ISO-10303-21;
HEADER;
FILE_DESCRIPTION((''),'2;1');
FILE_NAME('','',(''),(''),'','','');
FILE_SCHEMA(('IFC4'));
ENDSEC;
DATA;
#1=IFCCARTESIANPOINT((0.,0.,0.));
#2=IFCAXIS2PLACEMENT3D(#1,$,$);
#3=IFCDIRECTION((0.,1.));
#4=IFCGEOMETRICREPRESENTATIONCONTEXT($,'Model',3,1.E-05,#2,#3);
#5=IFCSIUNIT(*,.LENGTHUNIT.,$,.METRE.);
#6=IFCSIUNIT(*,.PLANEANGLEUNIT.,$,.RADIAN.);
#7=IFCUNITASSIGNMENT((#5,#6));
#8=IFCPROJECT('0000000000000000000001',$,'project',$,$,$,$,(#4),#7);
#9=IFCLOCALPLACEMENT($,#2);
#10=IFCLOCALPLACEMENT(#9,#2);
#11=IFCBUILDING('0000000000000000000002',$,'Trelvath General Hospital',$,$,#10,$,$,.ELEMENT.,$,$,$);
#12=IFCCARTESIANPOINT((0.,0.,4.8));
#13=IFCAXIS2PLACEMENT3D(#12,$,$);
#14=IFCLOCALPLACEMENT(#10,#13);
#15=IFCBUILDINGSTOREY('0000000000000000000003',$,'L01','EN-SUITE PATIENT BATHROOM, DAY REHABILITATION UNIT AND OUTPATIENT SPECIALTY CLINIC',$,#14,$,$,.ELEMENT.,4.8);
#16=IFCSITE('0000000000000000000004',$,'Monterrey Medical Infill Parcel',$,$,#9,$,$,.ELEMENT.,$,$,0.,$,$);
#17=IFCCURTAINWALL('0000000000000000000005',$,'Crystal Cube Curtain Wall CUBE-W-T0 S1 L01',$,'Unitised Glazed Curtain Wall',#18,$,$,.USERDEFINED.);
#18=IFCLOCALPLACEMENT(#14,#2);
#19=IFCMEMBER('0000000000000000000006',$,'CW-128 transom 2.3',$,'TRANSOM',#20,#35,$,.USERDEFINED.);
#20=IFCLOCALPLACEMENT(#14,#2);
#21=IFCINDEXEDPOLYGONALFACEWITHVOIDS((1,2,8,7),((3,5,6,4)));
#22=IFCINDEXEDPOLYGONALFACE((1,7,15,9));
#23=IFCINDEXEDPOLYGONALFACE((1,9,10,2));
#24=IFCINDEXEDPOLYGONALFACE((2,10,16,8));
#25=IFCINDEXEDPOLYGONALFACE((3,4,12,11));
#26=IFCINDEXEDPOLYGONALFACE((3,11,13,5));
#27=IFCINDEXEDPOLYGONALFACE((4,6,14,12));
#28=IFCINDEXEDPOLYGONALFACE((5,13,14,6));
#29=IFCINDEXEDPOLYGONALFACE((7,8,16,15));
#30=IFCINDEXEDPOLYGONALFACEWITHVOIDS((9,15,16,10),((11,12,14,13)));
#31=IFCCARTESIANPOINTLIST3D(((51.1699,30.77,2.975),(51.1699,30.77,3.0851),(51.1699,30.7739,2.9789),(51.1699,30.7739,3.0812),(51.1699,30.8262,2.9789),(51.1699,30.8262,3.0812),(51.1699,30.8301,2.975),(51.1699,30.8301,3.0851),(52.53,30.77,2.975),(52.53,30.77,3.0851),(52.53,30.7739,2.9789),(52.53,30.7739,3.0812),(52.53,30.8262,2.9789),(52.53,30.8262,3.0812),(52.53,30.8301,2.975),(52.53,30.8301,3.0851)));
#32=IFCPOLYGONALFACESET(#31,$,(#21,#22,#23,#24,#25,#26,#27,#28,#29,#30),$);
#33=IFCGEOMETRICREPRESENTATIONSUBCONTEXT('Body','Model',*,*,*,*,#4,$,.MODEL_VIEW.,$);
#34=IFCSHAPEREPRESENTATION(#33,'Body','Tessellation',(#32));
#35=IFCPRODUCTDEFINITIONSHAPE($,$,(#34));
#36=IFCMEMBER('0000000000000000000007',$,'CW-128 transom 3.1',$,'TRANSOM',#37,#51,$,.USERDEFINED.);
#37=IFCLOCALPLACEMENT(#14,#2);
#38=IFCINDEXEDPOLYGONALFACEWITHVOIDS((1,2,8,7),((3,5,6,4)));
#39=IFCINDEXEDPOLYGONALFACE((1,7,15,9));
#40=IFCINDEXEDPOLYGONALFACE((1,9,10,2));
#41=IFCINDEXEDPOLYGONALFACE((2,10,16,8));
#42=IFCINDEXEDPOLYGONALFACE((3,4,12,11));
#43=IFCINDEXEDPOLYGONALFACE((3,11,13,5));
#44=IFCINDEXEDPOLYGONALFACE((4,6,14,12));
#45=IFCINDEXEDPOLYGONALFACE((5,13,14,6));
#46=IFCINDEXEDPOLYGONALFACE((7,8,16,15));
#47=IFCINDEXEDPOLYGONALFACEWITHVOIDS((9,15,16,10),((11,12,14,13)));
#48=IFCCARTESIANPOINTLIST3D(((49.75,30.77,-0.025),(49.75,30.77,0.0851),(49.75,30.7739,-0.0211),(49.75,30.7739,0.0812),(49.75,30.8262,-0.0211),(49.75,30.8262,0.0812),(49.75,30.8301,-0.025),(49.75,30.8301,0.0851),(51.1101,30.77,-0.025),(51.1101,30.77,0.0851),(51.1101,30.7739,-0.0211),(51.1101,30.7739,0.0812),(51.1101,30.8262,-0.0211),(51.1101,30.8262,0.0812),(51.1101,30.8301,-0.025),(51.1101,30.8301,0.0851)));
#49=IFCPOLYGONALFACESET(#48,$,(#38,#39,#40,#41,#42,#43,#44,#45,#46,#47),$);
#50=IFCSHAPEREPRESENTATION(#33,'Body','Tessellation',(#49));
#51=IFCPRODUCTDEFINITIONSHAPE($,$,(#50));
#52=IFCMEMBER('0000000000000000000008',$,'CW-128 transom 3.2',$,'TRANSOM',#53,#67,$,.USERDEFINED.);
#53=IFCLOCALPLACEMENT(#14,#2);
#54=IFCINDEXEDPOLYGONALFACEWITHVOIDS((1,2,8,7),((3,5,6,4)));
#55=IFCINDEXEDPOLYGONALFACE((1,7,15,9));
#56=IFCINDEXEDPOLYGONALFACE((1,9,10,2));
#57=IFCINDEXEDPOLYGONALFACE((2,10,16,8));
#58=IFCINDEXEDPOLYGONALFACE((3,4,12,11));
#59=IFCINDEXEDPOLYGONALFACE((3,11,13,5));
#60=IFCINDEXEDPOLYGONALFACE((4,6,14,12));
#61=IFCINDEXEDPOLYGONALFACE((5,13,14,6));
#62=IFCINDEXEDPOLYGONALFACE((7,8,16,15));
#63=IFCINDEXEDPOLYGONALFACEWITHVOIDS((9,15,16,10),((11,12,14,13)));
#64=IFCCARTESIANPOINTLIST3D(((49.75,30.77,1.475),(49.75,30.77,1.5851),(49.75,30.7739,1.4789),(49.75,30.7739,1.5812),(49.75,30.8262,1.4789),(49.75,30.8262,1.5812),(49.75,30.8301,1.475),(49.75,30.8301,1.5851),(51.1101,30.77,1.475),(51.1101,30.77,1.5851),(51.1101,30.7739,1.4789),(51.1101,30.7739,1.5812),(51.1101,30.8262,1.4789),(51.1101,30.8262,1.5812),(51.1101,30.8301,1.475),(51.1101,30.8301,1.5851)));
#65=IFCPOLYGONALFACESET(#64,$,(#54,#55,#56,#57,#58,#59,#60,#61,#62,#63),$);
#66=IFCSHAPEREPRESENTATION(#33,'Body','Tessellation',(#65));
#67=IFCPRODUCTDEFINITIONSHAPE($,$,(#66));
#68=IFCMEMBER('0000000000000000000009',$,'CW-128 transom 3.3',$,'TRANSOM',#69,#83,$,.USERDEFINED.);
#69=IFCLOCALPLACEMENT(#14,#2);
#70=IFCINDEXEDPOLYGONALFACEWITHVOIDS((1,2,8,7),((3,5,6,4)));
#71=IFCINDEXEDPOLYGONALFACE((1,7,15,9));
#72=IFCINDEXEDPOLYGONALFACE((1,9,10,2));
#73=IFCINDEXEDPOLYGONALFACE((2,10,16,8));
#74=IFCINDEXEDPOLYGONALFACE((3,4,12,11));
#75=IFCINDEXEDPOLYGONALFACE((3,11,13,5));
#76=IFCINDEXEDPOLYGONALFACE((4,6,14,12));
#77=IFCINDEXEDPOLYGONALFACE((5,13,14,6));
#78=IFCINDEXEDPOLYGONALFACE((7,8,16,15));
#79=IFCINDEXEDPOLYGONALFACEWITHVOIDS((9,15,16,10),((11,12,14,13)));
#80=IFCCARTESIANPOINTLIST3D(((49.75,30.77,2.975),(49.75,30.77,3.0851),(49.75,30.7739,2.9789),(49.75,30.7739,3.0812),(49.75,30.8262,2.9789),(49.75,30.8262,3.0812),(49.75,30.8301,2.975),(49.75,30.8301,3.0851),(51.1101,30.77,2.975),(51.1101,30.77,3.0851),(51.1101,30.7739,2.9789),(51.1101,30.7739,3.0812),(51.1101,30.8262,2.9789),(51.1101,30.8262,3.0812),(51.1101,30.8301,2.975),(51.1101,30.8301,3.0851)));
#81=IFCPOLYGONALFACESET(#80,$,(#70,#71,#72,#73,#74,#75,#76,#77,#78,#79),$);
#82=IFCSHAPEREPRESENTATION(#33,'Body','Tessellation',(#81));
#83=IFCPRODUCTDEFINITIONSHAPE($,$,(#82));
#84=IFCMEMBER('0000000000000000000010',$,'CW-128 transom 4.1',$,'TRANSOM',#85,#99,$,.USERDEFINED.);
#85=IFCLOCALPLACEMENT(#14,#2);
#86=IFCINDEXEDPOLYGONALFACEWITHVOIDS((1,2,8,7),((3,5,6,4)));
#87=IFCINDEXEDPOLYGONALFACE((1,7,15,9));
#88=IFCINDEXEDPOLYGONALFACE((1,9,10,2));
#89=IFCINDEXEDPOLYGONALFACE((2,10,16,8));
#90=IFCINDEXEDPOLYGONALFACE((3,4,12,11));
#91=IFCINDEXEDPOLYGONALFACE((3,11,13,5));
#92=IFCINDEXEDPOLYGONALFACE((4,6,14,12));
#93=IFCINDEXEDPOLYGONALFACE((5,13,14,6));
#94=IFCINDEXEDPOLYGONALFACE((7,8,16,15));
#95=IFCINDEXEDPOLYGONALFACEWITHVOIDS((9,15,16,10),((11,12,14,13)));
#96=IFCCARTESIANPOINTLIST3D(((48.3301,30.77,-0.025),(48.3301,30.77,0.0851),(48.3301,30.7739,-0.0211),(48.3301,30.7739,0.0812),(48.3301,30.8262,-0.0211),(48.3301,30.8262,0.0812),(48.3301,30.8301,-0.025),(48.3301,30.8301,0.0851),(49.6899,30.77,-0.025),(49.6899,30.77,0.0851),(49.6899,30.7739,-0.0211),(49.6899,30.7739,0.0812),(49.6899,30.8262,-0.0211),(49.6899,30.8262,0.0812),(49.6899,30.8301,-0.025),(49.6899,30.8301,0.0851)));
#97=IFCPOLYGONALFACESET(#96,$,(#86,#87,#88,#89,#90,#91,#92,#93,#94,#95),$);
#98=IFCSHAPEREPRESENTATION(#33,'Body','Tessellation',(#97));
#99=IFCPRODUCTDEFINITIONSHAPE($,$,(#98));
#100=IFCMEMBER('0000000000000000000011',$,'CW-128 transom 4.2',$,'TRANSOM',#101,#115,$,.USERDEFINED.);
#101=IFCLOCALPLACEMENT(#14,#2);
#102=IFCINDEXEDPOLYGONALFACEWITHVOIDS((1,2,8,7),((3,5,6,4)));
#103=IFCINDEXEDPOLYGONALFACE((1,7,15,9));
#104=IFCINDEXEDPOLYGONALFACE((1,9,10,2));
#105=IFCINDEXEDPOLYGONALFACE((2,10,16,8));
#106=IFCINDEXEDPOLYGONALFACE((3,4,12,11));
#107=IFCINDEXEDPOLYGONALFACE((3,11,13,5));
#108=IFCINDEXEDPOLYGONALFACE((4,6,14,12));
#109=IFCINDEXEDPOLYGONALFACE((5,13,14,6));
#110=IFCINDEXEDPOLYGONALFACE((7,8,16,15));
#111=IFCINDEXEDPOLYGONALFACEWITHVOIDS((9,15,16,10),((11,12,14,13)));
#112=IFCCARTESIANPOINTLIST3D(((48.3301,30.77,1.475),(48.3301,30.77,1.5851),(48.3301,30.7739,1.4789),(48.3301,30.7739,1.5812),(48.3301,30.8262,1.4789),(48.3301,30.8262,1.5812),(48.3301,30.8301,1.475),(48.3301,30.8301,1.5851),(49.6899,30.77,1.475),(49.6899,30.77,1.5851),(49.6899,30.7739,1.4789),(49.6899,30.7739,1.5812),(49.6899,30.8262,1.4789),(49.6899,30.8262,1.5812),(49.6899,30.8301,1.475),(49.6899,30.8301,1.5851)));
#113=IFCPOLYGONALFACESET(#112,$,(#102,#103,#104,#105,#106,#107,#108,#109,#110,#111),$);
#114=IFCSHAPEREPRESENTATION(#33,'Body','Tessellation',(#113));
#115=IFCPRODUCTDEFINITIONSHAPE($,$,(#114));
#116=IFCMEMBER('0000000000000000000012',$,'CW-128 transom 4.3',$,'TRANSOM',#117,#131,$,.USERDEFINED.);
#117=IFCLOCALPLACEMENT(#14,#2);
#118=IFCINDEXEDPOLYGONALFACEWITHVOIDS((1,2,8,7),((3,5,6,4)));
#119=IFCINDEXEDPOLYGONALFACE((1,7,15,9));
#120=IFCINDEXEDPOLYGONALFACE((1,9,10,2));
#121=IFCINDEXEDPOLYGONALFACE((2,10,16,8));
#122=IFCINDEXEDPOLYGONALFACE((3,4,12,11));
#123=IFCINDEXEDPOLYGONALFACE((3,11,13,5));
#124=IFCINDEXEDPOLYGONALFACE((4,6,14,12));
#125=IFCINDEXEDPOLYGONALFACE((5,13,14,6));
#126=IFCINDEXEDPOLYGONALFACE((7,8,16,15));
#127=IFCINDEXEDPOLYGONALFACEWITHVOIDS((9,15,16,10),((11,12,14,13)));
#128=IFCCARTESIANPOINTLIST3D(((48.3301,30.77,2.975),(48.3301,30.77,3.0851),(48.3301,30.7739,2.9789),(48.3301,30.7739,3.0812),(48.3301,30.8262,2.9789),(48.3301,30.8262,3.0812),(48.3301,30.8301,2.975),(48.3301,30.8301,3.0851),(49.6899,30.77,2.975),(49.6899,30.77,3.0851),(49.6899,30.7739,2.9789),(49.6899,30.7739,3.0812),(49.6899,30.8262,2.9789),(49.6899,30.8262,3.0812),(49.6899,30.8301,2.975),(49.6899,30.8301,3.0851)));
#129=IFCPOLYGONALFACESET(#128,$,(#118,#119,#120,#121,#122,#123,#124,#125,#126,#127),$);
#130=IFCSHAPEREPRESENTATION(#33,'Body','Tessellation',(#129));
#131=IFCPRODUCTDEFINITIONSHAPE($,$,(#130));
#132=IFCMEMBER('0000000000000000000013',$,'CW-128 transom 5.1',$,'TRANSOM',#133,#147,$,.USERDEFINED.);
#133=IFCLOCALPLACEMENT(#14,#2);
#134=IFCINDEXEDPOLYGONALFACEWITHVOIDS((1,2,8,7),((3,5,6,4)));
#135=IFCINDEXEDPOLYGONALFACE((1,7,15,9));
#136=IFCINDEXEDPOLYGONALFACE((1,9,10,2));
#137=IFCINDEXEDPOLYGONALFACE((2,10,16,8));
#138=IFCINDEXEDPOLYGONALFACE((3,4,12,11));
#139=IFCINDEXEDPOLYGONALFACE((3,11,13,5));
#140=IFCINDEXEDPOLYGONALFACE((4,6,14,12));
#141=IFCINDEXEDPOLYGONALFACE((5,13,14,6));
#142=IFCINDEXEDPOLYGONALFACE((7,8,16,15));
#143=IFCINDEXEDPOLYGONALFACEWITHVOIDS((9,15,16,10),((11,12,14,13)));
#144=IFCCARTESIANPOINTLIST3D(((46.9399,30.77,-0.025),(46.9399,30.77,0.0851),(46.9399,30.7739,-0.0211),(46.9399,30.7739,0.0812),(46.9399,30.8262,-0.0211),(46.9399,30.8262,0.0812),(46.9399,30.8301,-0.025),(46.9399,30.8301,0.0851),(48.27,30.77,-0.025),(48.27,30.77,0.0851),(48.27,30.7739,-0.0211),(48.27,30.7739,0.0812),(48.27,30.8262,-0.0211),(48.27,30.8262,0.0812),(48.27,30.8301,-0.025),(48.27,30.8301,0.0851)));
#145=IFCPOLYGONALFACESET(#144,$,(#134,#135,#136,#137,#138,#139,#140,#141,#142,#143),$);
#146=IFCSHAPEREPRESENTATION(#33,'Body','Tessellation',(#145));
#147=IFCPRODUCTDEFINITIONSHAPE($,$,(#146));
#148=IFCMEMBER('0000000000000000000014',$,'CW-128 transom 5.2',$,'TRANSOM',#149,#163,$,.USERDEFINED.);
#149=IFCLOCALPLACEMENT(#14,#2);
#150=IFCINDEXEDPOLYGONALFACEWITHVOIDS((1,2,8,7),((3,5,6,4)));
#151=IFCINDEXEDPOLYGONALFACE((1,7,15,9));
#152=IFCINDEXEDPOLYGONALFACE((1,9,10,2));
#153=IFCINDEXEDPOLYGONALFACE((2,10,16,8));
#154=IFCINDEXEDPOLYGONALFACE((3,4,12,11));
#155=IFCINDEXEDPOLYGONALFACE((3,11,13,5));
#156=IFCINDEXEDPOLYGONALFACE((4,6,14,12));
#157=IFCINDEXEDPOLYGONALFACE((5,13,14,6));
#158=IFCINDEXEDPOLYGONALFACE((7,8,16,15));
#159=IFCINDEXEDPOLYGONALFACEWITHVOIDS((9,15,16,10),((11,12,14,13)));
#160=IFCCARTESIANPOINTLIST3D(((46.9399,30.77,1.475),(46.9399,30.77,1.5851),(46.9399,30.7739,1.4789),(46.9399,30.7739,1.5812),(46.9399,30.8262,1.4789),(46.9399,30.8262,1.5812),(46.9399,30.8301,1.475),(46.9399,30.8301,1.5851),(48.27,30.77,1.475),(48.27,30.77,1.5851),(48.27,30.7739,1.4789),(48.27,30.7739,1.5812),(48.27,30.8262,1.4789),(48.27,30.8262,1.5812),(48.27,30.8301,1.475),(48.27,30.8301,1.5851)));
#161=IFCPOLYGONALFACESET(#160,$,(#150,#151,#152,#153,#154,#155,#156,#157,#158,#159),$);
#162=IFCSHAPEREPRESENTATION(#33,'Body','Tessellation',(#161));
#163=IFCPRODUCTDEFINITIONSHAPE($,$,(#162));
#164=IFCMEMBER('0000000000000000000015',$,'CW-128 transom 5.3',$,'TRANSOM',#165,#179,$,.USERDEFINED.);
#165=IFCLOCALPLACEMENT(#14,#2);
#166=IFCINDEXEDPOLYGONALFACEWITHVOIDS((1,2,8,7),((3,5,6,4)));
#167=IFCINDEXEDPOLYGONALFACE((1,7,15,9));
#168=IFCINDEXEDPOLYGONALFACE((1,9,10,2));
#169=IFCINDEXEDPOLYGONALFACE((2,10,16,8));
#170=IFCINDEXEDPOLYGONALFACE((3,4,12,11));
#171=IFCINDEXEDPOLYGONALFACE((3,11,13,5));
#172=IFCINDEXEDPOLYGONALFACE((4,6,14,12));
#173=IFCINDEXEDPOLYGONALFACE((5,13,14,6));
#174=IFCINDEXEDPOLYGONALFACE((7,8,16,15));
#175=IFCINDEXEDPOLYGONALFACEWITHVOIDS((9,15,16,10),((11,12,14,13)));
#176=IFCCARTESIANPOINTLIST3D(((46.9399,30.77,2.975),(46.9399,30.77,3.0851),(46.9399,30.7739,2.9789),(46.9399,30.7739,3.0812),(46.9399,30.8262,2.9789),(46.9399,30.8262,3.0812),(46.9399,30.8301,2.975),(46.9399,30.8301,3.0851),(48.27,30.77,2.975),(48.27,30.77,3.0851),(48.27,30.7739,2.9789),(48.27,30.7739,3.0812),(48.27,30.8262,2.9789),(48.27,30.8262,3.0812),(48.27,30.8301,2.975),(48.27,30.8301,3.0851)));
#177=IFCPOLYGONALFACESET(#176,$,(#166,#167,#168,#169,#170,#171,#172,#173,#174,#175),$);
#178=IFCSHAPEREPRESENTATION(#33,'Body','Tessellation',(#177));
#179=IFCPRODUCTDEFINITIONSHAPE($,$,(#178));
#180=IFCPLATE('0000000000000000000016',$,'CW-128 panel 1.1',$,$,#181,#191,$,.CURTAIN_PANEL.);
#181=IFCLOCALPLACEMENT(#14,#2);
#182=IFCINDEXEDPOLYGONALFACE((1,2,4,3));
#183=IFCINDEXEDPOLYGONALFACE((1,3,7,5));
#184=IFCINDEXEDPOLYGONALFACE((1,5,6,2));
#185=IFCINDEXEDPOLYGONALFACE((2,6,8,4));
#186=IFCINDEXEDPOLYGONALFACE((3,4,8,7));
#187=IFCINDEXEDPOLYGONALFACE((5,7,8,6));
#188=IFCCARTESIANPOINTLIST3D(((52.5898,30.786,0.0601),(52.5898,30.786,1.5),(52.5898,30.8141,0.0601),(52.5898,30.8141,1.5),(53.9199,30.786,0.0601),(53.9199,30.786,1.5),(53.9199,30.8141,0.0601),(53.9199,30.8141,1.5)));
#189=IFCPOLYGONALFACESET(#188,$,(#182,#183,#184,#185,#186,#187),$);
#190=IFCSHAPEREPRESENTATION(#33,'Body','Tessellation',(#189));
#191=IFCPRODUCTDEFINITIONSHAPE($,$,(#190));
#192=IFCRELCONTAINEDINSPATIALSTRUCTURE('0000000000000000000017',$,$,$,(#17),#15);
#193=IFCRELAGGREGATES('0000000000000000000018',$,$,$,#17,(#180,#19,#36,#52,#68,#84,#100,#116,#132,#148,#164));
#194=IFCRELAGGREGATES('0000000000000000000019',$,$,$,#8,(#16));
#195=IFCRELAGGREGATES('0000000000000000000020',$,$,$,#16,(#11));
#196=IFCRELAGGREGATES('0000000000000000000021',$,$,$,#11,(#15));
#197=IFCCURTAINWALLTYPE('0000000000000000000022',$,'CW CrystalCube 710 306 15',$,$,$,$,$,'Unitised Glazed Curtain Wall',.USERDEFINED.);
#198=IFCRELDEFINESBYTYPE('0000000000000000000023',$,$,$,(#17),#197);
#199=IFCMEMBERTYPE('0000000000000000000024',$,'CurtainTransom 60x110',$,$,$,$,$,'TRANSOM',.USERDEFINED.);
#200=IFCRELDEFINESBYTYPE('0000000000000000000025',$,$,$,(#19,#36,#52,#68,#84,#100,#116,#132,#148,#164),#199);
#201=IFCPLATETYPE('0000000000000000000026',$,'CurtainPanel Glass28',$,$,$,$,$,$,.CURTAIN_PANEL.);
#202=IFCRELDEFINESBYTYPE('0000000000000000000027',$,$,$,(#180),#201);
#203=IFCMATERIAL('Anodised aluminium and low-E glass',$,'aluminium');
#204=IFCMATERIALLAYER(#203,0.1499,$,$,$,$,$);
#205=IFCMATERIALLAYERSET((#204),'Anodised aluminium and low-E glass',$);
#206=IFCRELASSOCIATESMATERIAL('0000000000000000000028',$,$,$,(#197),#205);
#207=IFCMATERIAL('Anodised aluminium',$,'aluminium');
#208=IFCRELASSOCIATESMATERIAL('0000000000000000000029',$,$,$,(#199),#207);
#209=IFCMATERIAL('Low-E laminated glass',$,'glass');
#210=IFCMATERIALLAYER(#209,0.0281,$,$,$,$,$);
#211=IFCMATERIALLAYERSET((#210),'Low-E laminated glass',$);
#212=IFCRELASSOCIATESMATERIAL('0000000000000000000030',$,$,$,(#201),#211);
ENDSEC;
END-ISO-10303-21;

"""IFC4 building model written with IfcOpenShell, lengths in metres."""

from ifc_helpers import new_model, si_unit, direction, frame, origin, origin_2d, place, context, subcontext, project, spatial, rectangle, hollow_rectangle, extrude, material, layer, layer_set, material_profile, profile_set, type_object, element, aggregate, save


model = new_model("IFC4")

# Units and contexts
model_context = context("Model", 3, precision=1e-05, world=origin(), true_north=direction((0.0, 1.0)))
body_context = subcontext(model_context, "Body", "Model", "MODEL_VIEW")
ifc_project = project(units=[si_unit("LENGTHUNIT", "METRE"), si_unit("PLANEANGLEUNIT", "RADIAN")], contexts=[model_context])

# Site, building, storey
site_placement = place(None, origin())
site = spatial("IfcSite", under=ifc_project, at=site_placement, Name="Monterrey Medical Infill Parcel", CompositionType="ELEMENT", RefElevation=0.0)
building_placement = place(site_placement, origin())
building = spatial("IfcBuilding", under=site, at=building_placement, Name="Trelvath General Hospital", CompositionType="ELEMENT")
storey_placement = place(building_placement, frame((0.0, 0.0, 4.8)))
storey = spatial("IfcBuildingStorey", under=building, at=storey_placement, Name="L01", Description="EN-SUITE PATIENT BATHROOM, DAY REHABILITATION UNIT AND OUTPATIENT SPECIALTY CLINIC", CompositionType="ELEMENT", Elevation=4.8)

# Curtain wall, members, plate
ifc_material_1 = material(Name="Anodised aluminium and low-E glass", Category="aluminium")
ifc_layer_1 = layer(ifc_material_1, 0.1499)
ifc_layer_set_1 = layer_set([ifc_layer_1], Name="Anodised aluminium and low-E glass")
curtain_wall_type = type_object("IfcCurtainWallType", Name="CW CrystalCube 710 306 15", ElementType="Unitised Glazed Curtain Wall", PredefinedType="USERDEFINED", material=ifc_layer_set_1)
curtain_wall_placement = place(storey_placement, origin())
curtain_wall = element("IfcCurtainWall", 1, at=curtain_wall_placement, inside=storey, type_object=curtain_wall_type, Name="Crystal Cube Curtain Wall CUBE-W-T0 S1 L01", ObjectType="Unitised Glazed Curtain Wall", PredefinedType="USERDEFINED")
ifc_material_2 = material(Name="Anodised aluminium", Category="aluminium")
ifc_material_profile_1 = material_profile(ifc_material_2, hollow_rectangle(XDim=0.0601, YDim=0.1101, WallThickness=0.0039, at=origin_2d()), Name="RHS60x110x4")
ifc_profile_set_1 = profile_set([ifc_material_profile_1], Name="Anodised aluminium")
member_type_1 = type_object("IfcMemberType", Name="CurtainTransom 60x110", ElementType="TRANSOM", PredefinedType="USERDEFINED", material=ifc_profile_set_1)
member_1_placement = place(storey_placement, frame((52.53, 30.8, 3.03), z_axis=(-1.0, 0.0, 0.0), x_axis=(0.0, -1.0, 0.0)))
member_1 = element("IfcMember", 2, at=member_1_placement, type_object=member_type_1, Name="CW-128 transom 2.3", ObjectType="TRANSOM", PredefinedType="USERDEFINED", context=body_context, shape_type="SweptSolid", body=[
    extrude(hollow_rectangle(XDim=0.0601, YDim=0.1101, WallThickness=0.0039, at=origin_2d()), origin(), (0.0, 0.0, 1.0), 1.3601),
])
member_2_placement = place(storey_placement, frame((51.1101, 30.8, 0.03), z_axis=(-1.0, 0.0, 0.0), x_axis=(0.0, -1.0, 0.0)))
member_2 = element("IfcMember", 3, at=member_2_placement, type_object=member_type_1, Name="CW-128 transom 3.1", ObjectType="TRANSOM", PredefinedType="USERDEFINED", context=body_context, shape_type="SweptSolid", body=[
    extrude(hollow_rectangle(XDim=0.0601, YDim=0.1101, WallThickness=0.0039, at=origin_2d()), origin(), (0.0, 0.0, 1.0), 1.3601),
])
member_3_placement = place(storey_placement, frame((51.1101, 30.8, 1.53), z_axis=(-1.0, 0.0, 0.0), x_axis=(0.0, -1.0, 0.0)))
member_3 = element("IfcMember", 4, at=member_3_placement, type_object=member_type_1, Name="CW-128 transom 3.2", ObjectType="TRANSOM", PredefinedType="USERDEFINED", context=body_context, shape_type="SweptSolid", body=[
    extrude(hollow_rectangle(XDim=0.0601, YDim=0.1101, WallThickness=0.0039, at=origin_2d()), origin(), (0.0, 0.0, 1.0), 1.3601),
])
member_4_placement = place(storey_placement, frame((51.1101, 30.8, 3.03), z_axis=(-1.0, 0.0, 0.0), x_axis=(0.0, -1.0, 0.0)))
member_4 = element("IfcMember", 5, at=member_4_placement, type_object=member_type_1, Name="CW-128 transom 3.3", ObjectType="TRANSOM", PredefinedType="USERDEFINED", context=body_context, shape_type="SweptSolid", body=[
    extrude(hollow_rectangle(XDim=0.0601, YDim=0.1101, WallThickness=0.0039, at=origin_2d()), origin(), (0.0, 0.0, 1.0), 1.3601),
])
member_5_placement = place(storey_placement, frame((49.6899, 30.8, 0.03), z_axis=(-1.0, 0.0, 0.0), x_axis=(0.0, -1.0, 0.0)))
member_5 = element("IfcMember", 6, at=member_5_placement, type_object=member_type_1, Name="CW-128 transom 4.1", ObjectType="TRANSOM", PredefinedType="USERDEFINED", context=body_context, shape_type="SweptSolid", body=[
    extrude(hollow_rectangle(XDim=0.0601, YDim=0.1101, WallThickness=0.0039, at=origin_2d()), origin(), (0.0, 0.0, 1.0), 1.3599),
])
member_6_placement = place(storey_placement, frame((49.6899, 30.8, 1.53), z_axis=(-1.0, 0.0, 0.0), x_axis=(0.0, -1.0, 0.0)))
member_6 = element("IfcMember", 7, at=member_6_placement, type_object=member_type_1, Name="CW-128 transom 4.2", ObjectType="TRANSOM", PredefinedType="USERDEFINED", context=body_context, shape_type="SweptSolid", body=[
    extrude(hollow_rectangle(XDim=0.0601, YDim=0.1101, WallThickness=0.0039, at=origin_2d()), origin(), (0.0, 0.0, 1.0), 1.3599),
])
member_7_placement = place(storey_placement, frame((49.6899, 30.8, 3.03), z_axis=(-1.0, 0.0, 0.0), x_axis=(0.0, -1.0, 0.0)))
member_7 = element("IfcMember", 8, at=member_7_placement, type_object=member_type_1, Name="CW-128 transom 4.3", ObjectType="TRANSOM", PredefinedType="USERDEFINED", context=body_context, shape_type="SweptSolid", body=[
    extrude(hollow_rectangle(XDim=0.0601, YDim=0.1101, WallThickness=0.0039, at=origin_2d()), origin(), (0.0, 0.0, 1.0), 1.3599),
])
member_8_placement = place(storey_placement, frame((48.27, 30.8, 0.03), z_axis=(-1.0, 0.0, 0.0), x_axis=(0.0, -1.0, 0.0)))
member_8 = element("IfcMember", 9, at=member_8_placement, type_object=member_type_1, Name="CW-128 transom 5.1", ObjectType="TRANSOM", PredefinedType="USERDEFINED", context=body_context, shape_type="SweptSolid", body=[
    extrude(hollow_rectangle(XDim=0.0601, YDim=0.1101, WallThickness=0.0039, at=origin_2d()), origin(), (0.0, 0.0, 1.0), 1.3301),
])
member_9_placement = place(storey_placement, frame((48.27, 30.8, 1.53), z_axis=(-1.0, 0.0, 0.0), x_axis=(0.0, -1.0, 0.0)))
member_9 = element("IfcMember", 10, at=member_9_placement, type_object=member_type_1, Name="CW-128 transom 5.2", ObjectType="TRANSOM", PredefinedType="USERDEFINED", context=body_context, shape_type="SweptSolid", body=[
    extrude(hollow_rectangle(XDim=0.0601, YDim=0.1101, WallThickness=0.0039, at=origin_2d()), origin(), (0.0, 0.0, 1.0), 1.3301),
])
member_10_placement = place(storey_placement, frame((48.27, 30.8, 3.03), z_axis=(-1.0, 0.0, 0.0), x_axis=(0.0, -1.0, 0.0)))
member_10 = element("IfcMember", 11, at=member_10_placement, type_object=member_type_1, Name="CW-128 transom 5.3", ObjectType="TRANSOM", PredefinedType="USERDEFINED", context=body_context, shape_type="SweptSolid", body=[
    extrude(hollow_rectangle(XDim=0.0601, YDim=0.1101, WallThickness=0.0039, at=origin_2d()), origin(), (0.0, 0.0, 1.0), 1.3301),
])
ifc_material_3 = material(Name="Low-E laminated glass", Category="glass")
ifc_layer_2 = layer(ifc_material_3, 0.0281)
ifc_layer_set_2 = layer_set([ifc_layer_2], Name="Low-E laminated glass")
plate_type = type_object("IfcPlateType", Name="CurtainPanel Glass28", PredefinedType="CURTAIN_PANEL", material=ifc_layer_set_2)
plate_1_placement = place(storey_placement, frame((53.2549, 30.8, 0.0601), z_axis=(0.0, 0.0, 1.0), x_axis=(-1.0, 0.0, 0.0)))
plate_1 = element("IfcPlate", 12, at=plate_1_placement, type_object=plate_type, Name="CW-128 panel 1.1", PredefinedType="CURTAIN_PANEL", context=body_context, shape_type="SweptSolid", body=[
    extrude(rectangle(XDim=1.3301, YDim=0.0281, at=origin_2d()), origin(), (0.0, 0.0, 1.0), 1.4399),
])
aggregate(curtain_wall, [plate_1, member_1, member_2, member_3, member_4, member_5, member_6, member_7, member_8, member_9, member_10])

save(model, "model.ifc")
